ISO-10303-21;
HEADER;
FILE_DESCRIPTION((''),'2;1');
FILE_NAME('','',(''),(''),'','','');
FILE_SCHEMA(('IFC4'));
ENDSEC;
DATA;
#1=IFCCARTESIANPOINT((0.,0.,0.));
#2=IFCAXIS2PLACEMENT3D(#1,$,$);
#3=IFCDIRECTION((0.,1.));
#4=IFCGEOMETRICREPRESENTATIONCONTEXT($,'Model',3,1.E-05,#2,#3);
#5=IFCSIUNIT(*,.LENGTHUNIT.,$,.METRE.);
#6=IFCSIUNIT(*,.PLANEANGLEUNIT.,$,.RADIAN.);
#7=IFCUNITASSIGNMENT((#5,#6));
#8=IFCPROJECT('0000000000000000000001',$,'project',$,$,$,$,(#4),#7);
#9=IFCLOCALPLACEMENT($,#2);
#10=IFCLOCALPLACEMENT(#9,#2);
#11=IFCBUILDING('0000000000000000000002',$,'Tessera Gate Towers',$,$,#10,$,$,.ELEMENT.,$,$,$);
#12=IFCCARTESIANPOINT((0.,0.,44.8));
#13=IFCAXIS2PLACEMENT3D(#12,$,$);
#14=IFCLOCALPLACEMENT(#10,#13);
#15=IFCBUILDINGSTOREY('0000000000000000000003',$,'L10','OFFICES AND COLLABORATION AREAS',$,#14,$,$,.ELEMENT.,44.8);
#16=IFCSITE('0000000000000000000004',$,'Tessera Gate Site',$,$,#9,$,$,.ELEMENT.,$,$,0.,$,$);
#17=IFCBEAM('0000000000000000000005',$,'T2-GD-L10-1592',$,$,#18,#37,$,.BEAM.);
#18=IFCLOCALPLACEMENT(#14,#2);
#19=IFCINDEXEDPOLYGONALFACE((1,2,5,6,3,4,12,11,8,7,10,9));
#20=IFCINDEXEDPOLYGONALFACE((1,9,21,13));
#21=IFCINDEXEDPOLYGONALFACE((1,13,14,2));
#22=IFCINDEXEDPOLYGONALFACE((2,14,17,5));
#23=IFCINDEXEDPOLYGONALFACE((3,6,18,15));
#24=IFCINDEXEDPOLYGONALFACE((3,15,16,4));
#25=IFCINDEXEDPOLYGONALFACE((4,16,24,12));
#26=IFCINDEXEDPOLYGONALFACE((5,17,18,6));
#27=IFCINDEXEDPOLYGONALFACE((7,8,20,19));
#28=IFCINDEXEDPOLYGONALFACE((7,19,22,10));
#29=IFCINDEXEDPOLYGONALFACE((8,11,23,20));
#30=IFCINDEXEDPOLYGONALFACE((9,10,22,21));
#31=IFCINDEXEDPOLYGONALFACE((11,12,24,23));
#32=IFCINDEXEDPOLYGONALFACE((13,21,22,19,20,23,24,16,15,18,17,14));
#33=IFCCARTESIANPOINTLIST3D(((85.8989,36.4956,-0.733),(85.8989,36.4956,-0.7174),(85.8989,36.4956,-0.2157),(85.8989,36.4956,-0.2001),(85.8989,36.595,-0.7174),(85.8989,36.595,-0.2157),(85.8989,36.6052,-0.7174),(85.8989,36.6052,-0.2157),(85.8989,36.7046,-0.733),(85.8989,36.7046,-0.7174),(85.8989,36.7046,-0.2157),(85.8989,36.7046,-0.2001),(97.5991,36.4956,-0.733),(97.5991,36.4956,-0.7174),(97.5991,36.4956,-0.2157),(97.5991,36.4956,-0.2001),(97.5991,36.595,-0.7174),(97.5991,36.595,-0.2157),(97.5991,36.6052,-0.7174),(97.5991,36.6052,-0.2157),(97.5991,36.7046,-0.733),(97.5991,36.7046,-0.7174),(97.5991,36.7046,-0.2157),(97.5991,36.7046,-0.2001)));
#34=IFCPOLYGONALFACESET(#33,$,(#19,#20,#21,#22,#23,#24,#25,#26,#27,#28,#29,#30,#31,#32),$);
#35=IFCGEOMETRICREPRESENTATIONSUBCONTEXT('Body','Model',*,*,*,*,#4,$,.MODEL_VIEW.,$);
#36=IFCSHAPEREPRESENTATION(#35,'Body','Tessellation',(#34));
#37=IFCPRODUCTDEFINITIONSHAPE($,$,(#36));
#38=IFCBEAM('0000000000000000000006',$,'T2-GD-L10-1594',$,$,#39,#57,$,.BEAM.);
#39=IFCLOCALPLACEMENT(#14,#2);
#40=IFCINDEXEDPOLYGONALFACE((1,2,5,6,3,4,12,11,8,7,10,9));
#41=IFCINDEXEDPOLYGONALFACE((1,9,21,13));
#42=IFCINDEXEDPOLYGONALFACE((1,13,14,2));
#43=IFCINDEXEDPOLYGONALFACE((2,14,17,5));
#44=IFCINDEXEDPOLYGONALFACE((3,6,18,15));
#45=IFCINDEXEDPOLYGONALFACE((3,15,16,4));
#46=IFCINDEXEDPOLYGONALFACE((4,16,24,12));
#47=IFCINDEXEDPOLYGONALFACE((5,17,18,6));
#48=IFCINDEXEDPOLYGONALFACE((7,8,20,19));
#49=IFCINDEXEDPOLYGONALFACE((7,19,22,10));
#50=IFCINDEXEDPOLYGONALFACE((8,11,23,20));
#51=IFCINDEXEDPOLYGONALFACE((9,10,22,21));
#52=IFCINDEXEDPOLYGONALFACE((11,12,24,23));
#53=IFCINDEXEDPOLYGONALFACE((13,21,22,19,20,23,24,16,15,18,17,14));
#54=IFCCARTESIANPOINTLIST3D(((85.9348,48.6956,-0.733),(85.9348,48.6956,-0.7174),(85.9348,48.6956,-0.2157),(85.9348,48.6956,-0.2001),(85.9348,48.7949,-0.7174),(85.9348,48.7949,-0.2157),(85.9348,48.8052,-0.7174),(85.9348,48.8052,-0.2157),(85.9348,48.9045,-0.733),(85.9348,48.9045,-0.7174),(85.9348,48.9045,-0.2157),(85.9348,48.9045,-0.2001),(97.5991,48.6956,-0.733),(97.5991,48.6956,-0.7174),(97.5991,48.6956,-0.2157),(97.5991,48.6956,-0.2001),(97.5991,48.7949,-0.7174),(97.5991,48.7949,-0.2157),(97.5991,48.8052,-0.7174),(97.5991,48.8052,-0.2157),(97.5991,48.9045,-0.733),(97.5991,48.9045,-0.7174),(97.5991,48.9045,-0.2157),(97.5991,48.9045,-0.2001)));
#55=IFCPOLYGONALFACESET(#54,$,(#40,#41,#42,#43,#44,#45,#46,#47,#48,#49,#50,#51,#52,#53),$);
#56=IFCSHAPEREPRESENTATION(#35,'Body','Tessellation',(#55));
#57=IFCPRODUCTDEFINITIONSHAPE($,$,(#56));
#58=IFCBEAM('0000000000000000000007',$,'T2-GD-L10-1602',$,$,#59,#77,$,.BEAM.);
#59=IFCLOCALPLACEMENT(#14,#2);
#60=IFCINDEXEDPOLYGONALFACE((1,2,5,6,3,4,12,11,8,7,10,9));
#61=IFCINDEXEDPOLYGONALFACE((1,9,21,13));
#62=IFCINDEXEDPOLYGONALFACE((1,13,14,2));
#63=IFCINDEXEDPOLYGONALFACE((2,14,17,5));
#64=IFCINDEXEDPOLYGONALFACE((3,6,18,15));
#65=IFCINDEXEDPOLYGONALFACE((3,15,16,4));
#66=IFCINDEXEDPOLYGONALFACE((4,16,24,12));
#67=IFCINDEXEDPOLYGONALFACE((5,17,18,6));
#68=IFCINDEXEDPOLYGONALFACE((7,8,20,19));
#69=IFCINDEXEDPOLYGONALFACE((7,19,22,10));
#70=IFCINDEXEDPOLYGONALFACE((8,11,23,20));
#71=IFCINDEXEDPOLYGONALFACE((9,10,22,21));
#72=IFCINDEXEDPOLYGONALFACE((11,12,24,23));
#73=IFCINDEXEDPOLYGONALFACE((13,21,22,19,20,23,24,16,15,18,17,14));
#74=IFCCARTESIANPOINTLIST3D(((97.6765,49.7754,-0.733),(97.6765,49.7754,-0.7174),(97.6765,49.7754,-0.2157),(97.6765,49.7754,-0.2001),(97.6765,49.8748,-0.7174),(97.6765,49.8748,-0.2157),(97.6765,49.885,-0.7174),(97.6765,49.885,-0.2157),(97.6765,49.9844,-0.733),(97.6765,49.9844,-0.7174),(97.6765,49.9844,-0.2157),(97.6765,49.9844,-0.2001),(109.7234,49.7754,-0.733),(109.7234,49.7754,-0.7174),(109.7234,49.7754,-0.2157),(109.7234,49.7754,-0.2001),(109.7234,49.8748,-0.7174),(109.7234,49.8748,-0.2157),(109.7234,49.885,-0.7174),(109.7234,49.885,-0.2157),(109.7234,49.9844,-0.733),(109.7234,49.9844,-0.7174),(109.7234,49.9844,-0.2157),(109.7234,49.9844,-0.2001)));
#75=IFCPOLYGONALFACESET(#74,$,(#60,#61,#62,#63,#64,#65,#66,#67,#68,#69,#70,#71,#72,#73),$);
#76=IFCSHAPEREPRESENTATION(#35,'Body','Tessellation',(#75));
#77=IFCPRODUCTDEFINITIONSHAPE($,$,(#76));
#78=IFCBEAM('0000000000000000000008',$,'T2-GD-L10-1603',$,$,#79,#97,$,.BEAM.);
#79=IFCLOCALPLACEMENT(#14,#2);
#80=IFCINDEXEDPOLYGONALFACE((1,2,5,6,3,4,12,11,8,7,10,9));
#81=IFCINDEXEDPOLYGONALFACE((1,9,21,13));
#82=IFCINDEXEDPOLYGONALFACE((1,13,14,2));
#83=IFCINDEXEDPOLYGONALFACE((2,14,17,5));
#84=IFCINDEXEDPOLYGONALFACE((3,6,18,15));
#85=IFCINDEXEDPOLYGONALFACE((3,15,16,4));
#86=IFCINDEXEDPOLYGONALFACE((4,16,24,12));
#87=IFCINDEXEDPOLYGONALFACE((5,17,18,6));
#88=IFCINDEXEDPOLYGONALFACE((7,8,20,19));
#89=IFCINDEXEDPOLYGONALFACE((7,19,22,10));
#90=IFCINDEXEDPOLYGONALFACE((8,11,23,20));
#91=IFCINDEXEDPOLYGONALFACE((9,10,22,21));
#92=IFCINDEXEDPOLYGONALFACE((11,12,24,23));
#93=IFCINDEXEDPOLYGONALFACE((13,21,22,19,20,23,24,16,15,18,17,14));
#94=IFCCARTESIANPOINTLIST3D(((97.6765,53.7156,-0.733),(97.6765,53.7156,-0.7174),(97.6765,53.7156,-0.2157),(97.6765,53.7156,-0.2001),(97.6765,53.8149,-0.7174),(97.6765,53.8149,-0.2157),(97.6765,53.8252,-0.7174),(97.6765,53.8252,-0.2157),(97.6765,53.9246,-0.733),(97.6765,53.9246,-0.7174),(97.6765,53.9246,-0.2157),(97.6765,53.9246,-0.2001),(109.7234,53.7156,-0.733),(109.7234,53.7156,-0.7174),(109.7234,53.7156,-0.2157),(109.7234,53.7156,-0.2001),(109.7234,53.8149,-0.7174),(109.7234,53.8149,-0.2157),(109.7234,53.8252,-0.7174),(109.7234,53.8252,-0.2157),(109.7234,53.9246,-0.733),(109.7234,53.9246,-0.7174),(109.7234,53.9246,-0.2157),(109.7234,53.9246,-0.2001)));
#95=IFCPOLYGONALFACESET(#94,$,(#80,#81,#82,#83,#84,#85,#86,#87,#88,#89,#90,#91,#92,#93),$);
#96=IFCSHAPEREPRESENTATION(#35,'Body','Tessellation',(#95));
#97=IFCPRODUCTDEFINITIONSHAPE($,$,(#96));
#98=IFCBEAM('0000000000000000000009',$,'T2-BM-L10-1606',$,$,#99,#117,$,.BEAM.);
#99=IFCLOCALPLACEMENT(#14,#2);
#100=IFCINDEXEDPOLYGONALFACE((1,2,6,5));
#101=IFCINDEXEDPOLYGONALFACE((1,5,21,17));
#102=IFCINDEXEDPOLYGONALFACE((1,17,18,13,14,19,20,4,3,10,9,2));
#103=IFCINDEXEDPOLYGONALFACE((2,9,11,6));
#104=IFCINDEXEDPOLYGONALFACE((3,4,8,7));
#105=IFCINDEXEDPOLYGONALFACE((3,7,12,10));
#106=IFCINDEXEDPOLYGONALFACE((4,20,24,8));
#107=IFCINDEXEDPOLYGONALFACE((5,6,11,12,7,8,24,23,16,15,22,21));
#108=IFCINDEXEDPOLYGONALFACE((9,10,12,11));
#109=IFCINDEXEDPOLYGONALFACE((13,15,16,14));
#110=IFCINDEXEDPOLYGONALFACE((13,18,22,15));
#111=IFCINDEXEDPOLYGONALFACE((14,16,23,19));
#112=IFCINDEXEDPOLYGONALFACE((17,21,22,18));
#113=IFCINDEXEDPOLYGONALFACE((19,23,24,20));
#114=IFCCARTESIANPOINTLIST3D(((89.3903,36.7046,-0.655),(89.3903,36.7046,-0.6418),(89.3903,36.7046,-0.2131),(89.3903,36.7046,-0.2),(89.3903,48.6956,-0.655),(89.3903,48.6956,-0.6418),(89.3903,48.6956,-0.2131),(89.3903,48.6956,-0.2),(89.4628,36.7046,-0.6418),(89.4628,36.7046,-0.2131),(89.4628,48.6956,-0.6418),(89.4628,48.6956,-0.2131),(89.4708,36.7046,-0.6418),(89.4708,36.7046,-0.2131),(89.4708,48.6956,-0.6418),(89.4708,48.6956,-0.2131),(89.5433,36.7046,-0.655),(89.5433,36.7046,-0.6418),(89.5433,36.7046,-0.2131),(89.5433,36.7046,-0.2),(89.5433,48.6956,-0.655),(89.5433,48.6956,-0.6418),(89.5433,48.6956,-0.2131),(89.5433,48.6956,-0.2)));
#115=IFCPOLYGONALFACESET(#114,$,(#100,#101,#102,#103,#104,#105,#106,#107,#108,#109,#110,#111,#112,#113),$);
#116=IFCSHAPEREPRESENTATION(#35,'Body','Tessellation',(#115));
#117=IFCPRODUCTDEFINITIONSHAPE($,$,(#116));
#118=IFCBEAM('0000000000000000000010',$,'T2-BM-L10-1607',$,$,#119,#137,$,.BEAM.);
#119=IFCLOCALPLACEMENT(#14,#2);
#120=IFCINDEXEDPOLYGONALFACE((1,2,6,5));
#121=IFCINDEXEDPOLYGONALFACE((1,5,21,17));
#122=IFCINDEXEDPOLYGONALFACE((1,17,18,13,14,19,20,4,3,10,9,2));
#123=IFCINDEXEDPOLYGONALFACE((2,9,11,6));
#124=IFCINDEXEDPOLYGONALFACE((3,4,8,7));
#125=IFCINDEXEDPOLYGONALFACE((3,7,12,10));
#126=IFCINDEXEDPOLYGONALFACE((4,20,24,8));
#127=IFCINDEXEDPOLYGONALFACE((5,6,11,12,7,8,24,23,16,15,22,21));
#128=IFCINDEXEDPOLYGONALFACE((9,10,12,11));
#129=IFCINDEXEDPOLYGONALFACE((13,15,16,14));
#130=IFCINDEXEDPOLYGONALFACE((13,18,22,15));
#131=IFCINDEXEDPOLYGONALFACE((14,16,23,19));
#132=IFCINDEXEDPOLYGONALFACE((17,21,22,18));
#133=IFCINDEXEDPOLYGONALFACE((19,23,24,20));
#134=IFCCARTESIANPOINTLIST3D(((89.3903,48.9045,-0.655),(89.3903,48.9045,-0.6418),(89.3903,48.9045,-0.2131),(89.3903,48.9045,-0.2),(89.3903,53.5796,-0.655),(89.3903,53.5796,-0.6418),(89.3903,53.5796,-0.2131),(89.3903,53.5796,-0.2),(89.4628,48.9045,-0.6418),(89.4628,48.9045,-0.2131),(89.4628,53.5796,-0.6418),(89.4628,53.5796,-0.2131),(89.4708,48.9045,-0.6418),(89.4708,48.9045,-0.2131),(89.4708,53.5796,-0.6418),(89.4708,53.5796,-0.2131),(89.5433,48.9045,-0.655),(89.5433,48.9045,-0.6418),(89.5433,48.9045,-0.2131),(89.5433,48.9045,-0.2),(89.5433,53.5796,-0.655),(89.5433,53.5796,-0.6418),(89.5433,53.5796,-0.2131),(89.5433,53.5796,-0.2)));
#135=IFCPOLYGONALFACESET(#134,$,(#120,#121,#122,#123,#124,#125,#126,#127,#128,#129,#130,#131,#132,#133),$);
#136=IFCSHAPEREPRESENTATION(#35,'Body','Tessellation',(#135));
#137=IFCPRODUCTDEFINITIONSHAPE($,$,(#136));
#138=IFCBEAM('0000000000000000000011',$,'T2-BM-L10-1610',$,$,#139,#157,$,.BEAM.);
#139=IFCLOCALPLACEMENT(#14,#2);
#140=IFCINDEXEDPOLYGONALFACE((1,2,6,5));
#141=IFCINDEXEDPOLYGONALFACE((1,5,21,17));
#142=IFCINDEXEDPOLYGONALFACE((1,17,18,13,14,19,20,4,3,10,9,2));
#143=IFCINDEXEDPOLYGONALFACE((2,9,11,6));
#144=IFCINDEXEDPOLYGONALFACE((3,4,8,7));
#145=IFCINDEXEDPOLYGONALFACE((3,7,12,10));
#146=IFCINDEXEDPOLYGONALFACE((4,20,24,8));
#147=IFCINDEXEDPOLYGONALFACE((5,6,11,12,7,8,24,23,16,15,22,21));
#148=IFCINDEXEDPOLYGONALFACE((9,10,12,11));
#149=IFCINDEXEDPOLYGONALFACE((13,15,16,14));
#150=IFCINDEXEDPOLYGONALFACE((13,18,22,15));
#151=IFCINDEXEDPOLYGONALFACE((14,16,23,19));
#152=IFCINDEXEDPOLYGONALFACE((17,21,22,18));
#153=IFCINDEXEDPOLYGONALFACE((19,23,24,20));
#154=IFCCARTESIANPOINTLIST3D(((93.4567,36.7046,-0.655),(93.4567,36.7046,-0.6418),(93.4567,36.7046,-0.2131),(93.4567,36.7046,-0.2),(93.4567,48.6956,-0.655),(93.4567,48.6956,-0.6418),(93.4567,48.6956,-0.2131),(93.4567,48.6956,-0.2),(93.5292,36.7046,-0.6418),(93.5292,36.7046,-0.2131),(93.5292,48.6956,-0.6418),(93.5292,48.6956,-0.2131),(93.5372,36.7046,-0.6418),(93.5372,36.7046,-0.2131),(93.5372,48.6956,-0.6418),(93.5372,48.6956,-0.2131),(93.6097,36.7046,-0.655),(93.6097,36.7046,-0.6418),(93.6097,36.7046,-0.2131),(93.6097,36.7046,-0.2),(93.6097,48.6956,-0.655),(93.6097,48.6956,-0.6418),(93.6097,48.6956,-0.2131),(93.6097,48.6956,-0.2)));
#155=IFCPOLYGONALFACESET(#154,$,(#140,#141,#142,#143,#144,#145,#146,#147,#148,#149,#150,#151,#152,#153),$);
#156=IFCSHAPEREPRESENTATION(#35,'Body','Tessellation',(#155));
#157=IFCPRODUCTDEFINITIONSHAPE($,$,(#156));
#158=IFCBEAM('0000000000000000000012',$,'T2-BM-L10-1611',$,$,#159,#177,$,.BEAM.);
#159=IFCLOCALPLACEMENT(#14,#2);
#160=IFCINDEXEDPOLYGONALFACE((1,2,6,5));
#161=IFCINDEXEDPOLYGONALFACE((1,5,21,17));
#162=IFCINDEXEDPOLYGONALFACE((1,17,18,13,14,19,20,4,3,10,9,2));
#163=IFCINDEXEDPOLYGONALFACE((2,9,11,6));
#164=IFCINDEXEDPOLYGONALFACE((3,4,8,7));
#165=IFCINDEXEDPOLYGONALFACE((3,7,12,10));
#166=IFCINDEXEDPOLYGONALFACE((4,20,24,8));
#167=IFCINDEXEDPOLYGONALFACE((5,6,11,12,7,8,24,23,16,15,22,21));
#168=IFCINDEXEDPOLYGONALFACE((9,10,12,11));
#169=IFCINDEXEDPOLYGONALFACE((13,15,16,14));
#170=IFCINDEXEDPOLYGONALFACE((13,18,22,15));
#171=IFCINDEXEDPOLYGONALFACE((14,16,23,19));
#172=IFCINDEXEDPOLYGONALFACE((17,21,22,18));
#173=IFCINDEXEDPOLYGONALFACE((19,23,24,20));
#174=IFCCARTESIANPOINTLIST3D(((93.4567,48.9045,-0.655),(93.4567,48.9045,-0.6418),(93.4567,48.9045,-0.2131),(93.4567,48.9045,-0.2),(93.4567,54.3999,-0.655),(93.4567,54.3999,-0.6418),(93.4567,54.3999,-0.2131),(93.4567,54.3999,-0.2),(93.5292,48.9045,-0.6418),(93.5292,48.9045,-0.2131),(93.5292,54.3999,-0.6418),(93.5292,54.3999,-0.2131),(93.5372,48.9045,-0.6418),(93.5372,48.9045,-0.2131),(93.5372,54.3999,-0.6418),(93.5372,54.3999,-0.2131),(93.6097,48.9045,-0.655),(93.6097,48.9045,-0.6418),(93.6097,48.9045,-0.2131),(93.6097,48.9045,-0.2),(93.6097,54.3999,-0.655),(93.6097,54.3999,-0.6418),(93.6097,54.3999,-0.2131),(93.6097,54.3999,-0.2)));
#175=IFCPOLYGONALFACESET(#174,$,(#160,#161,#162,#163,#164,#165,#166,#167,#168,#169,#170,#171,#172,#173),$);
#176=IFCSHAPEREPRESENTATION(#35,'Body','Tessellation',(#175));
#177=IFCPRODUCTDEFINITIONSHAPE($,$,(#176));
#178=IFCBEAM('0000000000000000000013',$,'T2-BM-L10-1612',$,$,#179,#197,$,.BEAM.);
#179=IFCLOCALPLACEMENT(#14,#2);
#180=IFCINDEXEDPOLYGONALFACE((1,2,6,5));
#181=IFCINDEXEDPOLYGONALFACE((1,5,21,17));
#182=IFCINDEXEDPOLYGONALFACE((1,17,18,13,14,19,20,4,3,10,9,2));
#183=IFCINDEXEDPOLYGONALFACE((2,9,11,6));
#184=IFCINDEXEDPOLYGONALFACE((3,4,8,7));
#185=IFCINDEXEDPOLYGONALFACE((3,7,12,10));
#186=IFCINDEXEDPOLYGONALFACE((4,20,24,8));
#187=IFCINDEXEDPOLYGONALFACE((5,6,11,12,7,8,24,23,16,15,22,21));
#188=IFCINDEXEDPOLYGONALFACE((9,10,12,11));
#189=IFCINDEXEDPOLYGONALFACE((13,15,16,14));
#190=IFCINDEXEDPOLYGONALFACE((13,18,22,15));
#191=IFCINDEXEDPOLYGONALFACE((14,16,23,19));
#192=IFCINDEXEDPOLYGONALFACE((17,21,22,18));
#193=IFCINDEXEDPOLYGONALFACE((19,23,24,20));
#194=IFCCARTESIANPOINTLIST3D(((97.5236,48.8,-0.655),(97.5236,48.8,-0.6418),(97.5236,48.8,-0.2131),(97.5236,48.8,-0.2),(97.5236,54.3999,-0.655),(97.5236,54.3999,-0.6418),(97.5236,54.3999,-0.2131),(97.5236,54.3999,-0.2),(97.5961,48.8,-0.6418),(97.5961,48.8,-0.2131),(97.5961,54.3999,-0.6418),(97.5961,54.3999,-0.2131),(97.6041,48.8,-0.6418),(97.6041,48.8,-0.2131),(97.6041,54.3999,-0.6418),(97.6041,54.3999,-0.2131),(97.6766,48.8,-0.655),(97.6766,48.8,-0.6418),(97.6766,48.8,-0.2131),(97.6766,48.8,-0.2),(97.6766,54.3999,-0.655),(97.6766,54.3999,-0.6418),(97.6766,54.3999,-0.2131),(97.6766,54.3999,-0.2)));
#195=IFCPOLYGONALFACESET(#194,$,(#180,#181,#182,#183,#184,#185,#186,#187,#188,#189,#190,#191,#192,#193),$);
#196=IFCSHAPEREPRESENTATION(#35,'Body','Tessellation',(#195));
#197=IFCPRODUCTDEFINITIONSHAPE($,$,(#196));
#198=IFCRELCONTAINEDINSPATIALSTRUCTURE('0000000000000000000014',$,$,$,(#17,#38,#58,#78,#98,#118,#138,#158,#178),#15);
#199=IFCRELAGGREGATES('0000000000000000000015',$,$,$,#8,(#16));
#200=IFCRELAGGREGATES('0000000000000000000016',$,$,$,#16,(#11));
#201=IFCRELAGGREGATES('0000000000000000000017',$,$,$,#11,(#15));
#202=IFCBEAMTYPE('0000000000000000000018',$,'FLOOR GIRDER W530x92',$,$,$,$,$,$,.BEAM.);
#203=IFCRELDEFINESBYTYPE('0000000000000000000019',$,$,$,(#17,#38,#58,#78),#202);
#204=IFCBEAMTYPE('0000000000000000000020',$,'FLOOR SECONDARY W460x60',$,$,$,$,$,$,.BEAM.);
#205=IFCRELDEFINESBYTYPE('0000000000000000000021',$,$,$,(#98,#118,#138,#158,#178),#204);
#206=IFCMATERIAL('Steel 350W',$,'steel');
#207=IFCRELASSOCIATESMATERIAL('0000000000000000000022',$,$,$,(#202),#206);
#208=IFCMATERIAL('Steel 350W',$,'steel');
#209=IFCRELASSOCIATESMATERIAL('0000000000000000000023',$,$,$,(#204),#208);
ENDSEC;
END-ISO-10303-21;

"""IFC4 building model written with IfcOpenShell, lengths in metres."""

from ifc_helpers import new_model, si_unit, direction, frame, origin, origin_2d, place, context, subcontext, project, spatial, i_section, extrude, material, material_profile, profile_set, type_object, element, save


model = new_model("IFC4")

# Units and contexts
model_context = context("Model", 3, precision=1e-05, world=origin(), true_north=direction((0.0, 1.0)))
body_context = subcontext(model_context, "Body", "Model", "MODEL_VIEW")
ifc_project = project(units=[si_unit("LENGTHUNIT", "METRE"), si_unit("PLANEANGLEUNIT", "RADIAN")], contexts=[model_context])

# Site, building, storey
site_placement = place(None, origin())
site = spatial("IfcSite", under=ifc_project, at=site_placement, Name="Tessera Gate Site", CompositionType="ELEMENT", RefElevation=0.0)
building_placement = place(site_placement, origin())
building = spatial("IfcBuilding", under=site, at=building_placement, Name="Tessera Gate Towers", CompositionType="ELEMENT")
storey_placement = place(building_placement, frame((0.0, 0.0, 44.8)))
storey = spatial("IfcBuildingStorey", under=building, at=storey_placement, Name="L10", Description="OFFICES AND COLLABORATION AREAS", CompositionType="ELEMENT", Elevation=44.8)

# Beams
ifc_material_1 = material(Name="Steel 350W", Category="steel")
ifc_material_profile_1 = material_profile(ifc_material_1, i_section(OverallWidth=0.209, OverallDepth=0.533, WebThickness=0.0103, FlangeThickness=0.0156, at=origin_2d()), Name="W530x92")
ifc_profile_set_1 = profile_set([ifc_material_profile_1], Name="Steel 350W")
beam_type_1 = type_object("IfcBeamType", Name="FLOOR GIRDER W530x92", PredefinedType="BEAM", material=ifc_profile_set_1)
beam_1_placement = place(storey_placement, frame((85.8989, 36.6001, -0.4666), z_axis=(1.0, 0.0, 0.0), x_axis=(0.0, 1.0, 0.0)))
element("IfcBeam", 1, at=beam_1_placement, inside=storey, type_object=beam_type_1, Name="T2-GD-L10-1592", PredefinedType="BEAM", context=body_context, shape_type="SweptSolid", body=[
    extrude(i_section(OverallWidth=0.209, OverallDepth=0.533, WebThickness=0.0103, FlangeThickness=0.0156, at=origin_2d()), origin(), (0.0, 0.0, 1.0), 11.7002),
])
beam_2_placement = place(storey_placement, frame((85.9348, 48.8, -0.4666), z_axis=(1.0, 0.0, 0.0), x_axis=(0.0, 1.0, 0.0)))
element("IfcBeam", 2, at=beam_2_placement, inside=storey, type_object=beam_type_1, Name="T2-GD-L10-1594", PredefinedType="BEAM", context=body_context, shape_type="SweptSolid", body=[
    extrude(i_section(OverallWidth=0.209, OverallDepth=0.533, WebThickness=0.0103, FlangeThickness=0.0156, at=origin_2d()), origin(), (0.0, 0.0, 1.0), 11.6643),
])
for number, where, z_axis, x_axis, name in (
    (3, (97.6765, 49.8799, -0.4666), (1.0, 0.0, 0.0), (0.0, 1.0, 0.0), "T2-GD-L10-1602"),
    (4, (97.6765, 53.8201, -0.4666), (1.0, 0.0, 0.0), (0.0, 1.0, 0.0), "T2-GD-L10-1603"),
):
    element("IfcBeam", number, at=place(storey_placement, frame(where, z_axis=z_axis, x_axis=x_axis)), inside=storey, type_object=beam_type_1, Name=name, PredefinedType="BEAM", context=body_context, shape_type="SweptSolid", body=[
        extrude(i_section(OverallWidth=0.209, OverallDepth=0.533, WebThickness=0.0103, FlangeThickness=0.0156, at=origin_2d()), origin(), (0.0, 0.0, 1.0), 12.0469),
    ])
ifc_material_2 = material(Name="Steel 350W", Category="steel")
ifc_material_profile_2 = material_profile(ifc_material_2, i_section(OverallWidth=0.1531, OverallDepth=0.4551, WebThickness=0.0081, FlangeThickness=0.0132, at=origin_2d()), Name="W460x60")
ifc_profile_set_2 = profile_set([ifc_material_profile_2], Name="Steel 350W")
beam_type_2 = type_object("IfcBeamType", Name="FLOOR SECONDARY W460x60", PredefinedType="BEAM", material=ifc_profile_set_2)
beam_3_placement = place(storey_placement, frame((89.4668, 36.7046, -0.4275), z_axis=(0.0, 1.0, 0.0), x_axis=(-1.0, 0.0, 0.0)))
element("IfcBeam", 5, at=beam_3_placement, inside=storey, type_object=beam_type_2, Name="T2-BM-L10-1606", PredefinedType="BEAM", context=body_context, shape_type="SweptSolid", body=[
    extrude(i_section(OverallWidth=0.1531, OverallDepth=0.4551, WebThickness=0.0081, FlangeThickness=0.0132, at=origin_2d()), origin(), (0.0, 0.0, 1.0), 11.991),
])
beam_4_placement = place(storey_placement, frame((89.4668, 48.9045, -0.4275), z_axis=(0.0, 1.0, 0.0), x_axis=(-1.0, 0.0, 0.0)))
element("IfcBeam", 6, at=beam_4_placement, inside=storey, type_object=beam_type_2, Name="T2-BM-L10-1607", PredefinedType="BEAM", context=body_context, shape_type="SweptSolid", body=[
    extrude(i_section(OverallWidth=0.1531, OverallDepth=0.4551, WebThickness=0.0081, FlangeThickness=0.0132, at=origin_2d()), origin(), (0.0, 0.0, 1.0), 4.675),
])
beam_5_placement = place(storey_placement, frame((93.5332, 36.7046, -0.4275), z_axis=(0.0, 1.0, 0.0), x_axis=(-1.0, 0.0, 0.0)))
element("IfcBeam", 7, at=beam_5_placement, inside=storey, type_object=beam_type_2, Name="T2-BM-L10-1610", PredefinedType="BEAM", context=body_context, shape_type="SweptSolid", body=[
    extrude(i_section(OverallWidth=0.1531, OverallDepth=0.4551, WebThickness=0.0081, FlangeThickness=0.0132, at=origin_2d()), origin(), (0.0, 0.0, 1.0), 11.991),
])
beam_6_placement = place(storey_placement, frame((93.5332, 48.9045, -0.4275), z_axis=(0.0, 1.0, 0.0), x_axis=(-1.0, 0.0, 0.0)))
element("IfcBeam", 8, at=beam_6_placement, inside=storey, type_object=beam_type_2, Name="T2-BM-L10-1611", PredefinedType="BEAM", context=body_context, shape_type="SweptSolid", body=[
    extrude(i_section(OverallWidth=0.1531, OverallDepth=0.4551, WebThickness=0.0081, FlangeThickness=0.0132, at=origin_2d()), origin(), (0.0, 0.0, 1.0), 5.4954),
])
beam_7_placement = place(storey_placement, frame((97.6001, 48.8, -0.4275), z_axis=(0.0, 1.0, 0.0), x_axis=(-1.0, 0.0, 0.0)))
element("IfcBeam", 9, at=beam_7_placement, inside=storey, type_object=beam_type_2, Name="T2-BM-L10-1612", PredefinedType="BEAM", context=body_context, shape_type="SweptSolid", body=[
    extrude(i_section(OverallWidth=0.1531, OverallDepth=0.4551, WebThickness=0.0081, FlangeThickness=0.0132, at=origin_2d()), origin(), (0.0, 0.0, 1.0), 5.5999),
])

save(model, "model.ifc")
